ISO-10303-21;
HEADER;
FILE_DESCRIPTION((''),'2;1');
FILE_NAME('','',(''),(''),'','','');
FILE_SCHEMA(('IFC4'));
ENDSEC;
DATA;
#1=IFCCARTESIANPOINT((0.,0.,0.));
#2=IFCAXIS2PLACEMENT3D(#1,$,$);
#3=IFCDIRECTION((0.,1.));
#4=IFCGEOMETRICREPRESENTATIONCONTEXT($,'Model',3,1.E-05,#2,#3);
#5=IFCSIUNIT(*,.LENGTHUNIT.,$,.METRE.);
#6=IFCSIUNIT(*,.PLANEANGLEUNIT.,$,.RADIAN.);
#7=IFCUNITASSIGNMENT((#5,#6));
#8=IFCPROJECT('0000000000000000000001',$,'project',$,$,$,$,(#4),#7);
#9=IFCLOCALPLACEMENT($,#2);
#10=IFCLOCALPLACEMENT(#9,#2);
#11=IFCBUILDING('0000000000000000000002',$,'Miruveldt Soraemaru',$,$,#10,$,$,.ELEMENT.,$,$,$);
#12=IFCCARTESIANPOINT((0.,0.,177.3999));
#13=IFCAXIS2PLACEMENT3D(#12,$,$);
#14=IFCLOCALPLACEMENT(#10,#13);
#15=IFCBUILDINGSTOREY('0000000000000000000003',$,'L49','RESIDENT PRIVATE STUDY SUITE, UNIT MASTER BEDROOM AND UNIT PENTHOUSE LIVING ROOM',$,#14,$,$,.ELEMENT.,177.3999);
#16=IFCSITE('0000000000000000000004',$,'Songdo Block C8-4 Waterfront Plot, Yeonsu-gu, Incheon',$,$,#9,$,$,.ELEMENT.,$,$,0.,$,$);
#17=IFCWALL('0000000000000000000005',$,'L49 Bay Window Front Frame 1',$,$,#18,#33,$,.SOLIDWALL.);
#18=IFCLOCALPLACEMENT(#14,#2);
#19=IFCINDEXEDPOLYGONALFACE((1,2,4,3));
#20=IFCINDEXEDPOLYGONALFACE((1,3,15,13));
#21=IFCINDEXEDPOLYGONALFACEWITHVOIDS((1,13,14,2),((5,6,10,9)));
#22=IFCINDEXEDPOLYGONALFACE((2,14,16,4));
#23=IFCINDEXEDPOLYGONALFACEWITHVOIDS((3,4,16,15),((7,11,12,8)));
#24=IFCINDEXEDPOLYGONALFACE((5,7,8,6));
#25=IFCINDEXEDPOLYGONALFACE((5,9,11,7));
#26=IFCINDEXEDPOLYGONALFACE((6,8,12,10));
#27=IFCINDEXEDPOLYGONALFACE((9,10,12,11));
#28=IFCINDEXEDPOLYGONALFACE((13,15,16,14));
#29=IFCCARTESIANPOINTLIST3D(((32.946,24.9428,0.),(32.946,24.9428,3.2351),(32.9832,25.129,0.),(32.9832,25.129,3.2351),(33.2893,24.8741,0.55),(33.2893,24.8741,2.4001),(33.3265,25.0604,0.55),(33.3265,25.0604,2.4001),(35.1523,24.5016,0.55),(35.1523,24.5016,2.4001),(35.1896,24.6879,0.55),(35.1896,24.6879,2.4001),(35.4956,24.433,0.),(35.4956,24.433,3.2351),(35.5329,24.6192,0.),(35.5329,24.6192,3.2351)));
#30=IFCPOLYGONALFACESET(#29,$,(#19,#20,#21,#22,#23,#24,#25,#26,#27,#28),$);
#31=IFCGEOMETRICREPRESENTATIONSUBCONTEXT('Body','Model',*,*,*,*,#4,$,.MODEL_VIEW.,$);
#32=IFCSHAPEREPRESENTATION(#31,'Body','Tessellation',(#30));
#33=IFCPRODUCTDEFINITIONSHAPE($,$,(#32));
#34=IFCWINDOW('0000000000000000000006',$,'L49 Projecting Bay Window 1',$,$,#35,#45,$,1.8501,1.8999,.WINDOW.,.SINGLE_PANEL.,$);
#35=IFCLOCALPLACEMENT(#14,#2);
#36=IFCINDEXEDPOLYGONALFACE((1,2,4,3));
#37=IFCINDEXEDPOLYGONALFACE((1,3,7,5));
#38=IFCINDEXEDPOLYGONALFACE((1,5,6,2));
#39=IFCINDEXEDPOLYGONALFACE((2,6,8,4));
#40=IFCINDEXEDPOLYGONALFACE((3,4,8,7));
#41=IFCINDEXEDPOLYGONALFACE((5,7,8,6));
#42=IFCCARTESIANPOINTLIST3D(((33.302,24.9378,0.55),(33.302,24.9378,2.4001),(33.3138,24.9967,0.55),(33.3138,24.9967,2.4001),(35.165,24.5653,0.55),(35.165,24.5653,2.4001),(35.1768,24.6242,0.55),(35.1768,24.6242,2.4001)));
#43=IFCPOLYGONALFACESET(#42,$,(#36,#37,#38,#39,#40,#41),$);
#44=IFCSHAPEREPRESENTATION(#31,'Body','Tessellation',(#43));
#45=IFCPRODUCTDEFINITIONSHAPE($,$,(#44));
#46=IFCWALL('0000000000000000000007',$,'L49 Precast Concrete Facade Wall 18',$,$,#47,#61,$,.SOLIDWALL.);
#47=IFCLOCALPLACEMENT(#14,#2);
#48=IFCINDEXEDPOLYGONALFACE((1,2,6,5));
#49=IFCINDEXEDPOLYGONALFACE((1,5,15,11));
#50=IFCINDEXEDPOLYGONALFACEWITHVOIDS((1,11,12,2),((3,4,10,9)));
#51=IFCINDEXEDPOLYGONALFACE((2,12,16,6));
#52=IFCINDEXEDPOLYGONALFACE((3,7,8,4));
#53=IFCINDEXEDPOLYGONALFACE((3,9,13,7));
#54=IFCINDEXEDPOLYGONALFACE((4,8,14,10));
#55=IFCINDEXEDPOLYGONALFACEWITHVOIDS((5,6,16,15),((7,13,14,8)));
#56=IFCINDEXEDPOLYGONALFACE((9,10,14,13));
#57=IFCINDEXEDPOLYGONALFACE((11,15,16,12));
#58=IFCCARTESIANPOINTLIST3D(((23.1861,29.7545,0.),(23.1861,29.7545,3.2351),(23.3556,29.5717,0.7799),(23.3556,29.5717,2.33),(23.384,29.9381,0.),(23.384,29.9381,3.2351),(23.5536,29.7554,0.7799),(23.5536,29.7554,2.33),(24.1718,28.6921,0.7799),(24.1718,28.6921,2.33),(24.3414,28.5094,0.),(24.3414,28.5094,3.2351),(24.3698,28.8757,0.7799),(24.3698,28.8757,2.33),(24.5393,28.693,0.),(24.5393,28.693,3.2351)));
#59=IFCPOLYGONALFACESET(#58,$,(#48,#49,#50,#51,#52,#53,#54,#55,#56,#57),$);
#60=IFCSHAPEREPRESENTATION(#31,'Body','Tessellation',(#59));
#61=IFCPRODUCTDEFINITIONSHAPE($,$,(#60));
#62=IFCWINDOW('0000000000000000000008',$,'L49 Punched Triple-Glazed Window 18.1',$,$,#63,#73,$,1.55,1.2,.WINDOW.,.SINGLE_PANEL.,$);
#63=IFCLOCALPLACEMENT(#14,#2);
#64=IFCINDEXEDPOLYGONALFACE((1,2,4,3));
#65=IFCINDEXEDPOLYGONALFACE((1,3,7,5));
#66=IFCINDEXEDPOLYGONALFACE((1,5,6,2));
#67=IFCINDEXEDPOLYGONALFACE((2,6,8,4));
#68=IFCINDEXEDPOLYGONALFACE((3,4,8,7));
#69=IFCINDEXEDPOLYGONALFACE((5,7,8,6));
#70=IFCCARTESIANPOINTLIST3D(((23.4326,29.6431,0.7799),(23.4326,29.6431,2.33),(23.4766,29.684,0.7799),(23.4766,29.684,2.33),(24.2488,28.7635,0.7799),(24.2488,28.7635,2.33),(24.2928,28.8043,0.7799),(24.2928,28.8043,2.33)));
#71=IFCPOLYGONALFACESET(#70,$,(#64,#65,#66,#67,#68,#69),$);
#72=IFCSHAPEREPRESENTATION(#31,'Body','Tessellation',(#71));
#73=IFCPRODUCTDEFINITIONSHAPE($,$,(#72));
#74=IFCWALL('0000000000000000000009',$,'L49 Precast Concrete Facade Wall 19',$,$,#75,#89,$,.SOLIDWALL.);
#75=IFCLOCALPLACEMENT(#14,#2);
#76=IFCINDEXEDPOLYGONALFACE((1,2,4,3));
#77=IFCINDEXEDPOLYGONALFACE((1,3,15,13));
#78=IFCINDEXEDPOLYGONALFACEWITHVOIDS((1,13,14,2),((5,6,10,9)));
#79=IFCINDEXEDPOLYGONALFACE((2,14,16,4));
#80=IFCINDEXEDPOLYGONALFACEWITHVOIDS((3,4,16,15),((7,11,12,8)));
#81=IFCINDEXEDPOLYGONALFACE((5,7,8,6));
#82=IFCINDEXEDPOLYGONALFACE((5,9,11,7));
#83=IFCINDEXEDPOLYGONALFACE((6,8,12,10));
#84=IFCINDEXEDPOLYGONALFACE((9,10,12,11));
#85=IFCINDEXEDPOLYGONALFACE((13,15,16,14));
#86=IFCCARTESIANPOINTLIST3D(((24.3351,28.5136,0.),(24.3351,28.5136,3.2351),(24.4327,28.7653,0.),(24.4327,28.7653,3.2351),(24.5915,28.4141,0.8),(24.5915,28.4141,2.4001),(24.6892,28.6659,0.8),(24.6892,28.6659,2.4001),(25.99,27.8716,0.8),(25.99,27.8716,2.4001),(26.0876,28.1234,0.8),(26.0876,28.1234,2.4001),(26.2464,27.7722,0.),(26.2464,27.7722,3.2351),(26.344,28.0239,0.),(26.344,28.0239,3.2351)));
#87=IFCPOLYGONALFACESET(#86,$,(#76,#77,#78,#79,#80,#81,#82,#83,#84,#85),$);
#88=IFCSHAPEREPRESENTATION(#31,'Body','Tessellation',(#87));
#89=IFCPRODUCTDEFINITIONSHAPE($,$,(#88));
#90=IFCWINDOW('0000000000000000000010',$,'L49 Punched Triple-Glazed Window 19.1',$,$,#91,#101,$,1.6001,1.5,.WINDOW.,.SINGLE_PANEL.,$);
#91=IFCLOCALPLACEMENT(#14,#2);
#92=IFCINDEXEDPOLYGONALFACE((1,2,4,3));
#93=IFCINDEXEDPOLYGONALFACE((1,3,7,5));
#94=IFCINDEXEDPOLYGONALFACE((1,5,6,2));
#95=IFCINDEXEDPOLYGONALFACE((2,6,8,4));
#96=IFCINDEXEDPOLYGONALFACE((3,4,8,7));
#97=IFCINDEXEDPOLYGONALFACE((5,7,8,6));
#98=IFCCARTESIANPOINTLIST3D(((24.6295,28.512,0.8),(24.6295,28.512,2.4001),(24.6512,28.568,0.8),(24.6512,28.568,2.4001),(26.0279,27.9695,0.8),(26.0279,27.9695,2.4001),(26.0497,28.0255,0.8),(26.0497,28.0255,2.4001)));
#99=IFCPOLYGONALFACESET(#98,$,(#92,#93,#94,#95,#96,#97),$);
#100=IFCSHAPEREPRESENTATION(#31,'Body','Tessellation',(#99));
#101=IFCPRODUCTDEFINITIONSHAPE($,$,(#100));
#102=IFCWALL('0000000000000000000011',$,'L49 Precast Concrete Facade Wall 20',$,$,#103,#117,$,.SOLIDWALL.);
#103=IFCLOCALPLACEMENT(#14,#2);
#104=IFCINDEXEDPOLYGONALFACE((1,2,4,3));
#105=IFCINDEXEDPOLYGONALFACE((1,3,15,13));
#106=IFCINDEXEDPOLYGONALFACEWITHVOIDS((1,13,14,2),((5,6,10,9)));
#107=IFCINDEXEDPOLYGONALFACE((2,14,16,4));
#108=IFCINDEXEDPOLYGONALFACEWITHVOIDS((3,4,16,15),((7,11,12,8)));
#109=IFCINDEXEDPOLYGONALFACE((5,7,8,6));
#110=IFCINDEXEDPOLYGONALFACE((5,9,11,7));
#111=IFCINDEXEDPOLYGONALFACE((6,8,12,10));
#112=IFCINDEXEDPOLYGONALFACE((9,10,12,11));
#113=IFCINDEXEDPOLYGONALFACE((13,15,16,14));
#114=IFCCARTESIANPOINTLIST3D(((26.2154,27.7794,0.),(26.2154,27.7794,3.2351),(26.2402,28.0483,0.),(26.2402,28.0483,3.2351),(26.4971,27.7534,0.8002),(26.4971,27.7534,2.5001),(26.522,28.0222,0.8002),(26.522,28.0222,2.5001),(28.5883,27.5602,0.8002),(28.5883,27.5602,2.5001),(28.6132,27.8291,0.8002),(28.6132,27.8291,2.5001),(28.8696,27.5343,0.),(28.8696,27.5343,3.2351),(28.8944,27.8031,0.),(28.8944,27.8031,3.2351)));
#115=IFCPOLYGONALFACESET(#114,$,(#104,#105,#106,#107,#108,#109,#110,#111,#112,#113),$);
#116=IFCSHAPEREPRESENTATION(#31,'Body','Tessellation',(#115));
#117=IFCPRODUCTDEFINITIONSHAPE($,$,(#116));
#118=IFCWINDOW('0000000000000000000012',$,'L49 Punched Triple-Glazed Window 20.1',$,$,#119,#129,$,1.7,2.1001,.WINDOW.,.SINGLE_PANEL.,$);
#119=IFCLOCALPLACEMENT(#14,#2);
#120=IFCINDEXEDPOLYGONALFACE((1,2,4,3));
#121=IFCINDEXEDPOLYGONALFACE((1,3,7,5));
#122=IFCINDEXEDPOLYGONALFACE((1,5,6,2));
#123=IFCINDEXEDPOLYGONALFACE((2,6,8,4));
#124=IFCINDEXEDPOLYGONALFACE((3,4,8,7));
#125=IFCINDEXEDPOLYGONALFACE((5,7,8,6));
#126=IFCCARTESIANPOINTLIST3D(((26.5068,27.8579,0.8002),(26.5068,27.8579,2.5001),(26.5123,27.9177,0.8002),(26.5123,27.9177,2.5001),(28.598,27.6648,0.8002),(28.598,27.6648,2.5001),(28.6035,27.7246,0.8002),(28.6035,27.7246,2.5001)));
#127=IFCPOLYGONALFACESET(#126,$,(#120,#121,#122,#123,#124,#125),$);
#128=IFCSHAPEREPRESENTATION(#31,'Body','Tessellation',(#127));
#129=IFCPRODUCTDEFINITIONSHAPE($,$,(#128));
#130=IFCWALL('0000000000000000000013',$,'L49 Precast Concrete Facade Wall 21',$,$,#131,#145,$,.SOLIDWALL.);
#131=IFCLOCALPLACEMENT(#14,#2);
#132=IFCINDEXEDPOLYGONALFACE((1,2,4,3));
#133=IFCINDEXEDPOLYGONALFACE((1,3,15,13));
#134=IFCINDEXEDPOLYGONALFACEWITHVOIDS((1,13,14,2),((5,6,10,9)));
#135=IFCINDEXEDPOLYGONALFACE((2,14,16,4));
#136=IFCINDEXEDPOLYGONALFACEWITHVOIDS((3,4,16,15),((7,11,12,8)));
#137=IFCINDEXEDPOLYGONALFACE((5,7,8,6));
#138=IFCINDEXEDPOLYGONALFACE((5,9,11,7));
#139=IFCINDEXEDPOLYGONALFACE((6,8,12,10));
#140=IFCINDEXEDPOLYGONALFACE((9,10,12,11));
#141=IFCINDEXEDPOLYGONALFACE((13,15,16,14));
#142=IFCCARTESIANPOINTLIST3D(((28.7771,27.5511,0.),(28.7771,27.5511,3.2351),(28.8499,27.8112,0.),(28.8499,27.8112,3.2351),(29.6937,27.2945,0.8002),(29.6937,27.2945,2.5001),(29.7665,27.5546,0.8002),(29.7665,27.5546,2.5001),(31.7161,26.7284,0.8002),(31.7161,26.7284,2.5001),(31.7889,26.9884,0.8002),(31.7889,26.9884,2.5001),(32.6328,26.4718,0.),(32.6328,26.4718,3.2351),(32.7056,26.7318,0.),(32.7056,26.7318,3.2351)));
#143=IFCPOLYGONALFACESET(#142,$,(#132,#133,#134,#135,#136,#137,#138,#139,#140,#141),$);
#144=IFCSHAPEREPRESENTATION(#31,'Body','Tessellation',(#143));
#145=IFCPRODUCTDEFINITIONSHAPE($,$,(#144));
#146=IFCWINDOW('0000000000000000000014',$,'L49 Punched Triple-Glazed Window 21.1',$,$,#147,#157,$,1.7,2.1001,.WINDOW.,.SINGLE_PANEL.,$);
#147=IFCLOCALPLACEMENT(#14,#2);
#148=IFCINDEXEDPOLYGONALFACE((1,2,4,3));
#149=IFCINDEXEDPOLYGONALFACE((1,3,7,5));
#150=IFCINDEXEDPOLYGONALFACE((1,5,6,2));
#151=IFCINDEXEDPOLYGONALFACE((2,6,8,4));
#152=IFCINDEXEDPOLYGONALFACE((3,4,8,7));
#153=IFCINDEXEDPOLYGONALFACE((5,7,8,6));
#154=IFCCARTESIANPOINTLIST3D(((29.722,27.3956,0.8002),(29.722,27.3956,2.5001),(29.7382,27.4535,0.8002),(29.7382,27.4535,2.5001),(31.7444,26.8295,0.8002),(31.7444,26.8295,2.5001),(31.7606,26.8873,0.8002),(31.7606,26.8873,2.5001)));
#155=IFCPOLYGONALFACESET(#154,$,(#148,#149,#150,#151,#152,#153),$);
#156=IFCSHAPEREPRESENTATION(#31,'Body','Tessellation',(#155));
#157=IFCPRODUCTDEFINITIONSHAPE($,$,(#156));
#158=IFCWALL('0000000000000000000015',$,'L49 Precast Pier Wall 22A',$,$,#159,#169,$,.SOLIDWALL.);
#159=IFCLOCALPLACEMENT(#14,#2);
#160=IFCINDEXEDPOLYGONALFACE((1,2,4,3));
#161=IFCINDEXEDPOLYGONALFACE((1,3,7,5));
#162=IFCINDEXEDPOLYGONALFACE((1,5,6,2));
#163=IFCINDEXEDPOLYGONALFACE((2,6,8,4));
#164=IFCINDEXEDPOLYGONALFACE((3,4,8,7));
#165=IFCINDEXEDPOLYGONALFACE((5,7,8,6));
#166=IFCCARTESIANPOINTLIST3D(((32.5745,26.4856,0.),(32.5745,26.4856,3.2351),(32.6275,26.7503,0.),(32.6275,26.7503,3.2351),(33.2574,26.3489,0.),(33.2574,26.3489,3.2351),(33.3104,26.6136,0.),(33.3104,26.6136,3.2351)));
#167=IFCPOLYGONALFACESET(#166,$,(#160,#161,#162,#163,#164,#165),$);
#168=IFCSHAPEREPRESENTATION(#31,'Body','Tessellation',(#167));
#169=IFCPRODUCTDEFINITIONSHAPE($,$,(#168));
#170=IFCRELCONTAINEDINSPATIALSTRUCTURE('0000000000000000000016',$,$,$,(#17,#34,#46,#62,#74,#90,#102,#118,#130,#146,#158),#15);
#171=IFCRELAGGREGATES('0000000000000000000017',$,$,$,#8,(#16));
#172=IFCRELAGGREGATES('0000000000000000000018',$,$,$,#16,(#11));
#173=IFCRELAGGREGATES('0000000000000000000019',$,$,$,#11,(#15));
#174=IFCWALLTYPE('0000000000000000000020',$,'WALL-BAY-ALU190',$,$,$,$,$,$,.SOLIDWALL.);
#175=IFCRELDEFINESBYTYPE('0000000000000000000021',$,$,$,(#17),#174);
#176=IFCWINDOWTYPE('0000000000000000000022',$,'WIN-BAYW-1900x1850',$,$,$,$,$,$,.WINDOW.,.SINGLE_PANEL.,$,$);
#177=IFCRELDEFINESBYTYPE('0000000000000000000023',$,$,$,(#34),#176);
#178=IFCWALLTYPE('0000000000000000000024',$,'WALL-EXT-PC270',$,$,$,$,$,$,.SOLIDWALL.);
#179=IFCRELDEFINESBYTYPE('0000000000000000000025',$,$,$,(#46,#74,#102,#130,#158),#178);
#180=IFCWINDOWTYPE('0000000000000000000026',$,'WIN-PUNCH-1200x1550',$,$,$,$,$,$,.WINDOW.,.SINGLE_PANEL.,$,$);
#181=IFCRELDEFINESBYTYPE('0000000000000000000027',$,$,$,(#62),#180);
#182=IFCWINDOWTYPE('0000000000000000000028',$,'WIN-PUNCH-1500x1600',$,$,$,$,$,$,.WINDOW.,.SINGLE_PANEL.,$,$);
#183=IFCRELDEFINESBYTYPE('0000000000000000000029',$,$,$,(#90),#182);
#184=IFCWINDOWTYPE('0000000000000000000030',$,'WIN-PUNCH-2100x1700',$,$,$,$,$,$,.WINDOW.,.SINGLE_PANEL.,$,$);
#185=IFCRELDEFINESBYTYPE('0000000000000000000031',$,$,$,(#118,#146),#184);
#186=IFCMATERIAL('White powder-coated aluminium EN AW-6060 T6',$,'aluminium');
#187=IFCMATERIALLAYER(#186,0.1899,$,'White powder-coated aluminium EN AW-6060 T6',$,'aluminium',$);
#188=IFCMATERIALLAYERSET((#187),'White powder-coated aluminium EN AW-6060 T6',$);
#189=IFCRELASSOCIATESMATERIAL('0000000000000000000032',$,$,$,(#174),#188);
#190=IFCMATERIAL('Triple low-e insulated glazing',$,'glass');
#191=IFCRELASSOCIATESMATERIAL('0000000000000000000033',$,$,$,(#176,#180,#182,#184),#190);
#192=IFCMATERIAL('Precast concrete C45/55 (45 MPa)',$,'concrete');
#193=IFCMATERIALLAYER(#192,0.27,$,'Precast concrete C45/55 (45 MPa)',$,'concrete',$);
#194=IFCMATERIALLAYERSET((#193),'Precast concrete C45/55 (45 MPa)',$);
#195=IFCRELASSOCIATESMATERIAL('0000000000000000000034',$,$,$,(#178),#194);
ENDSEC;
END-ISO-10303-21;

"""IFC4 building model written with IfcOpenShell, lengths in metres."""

from ifc_helpers import new_model, si_unit, direction, frame, frame_2d, origin, place, context, subcontext, project, spatial, rectangle, extrude, material, layer, layer_set, type_object, element, fill, save


model = new_model("IFC4")

# Units and contexts
model_context = context("Model", 3, precision=1e-05, world=origin(), true_north=direction((0.0, 1.0)))
body_context = subcontext(model_context, "Body", "Model", "MODEL_VIEW")
ifc_project = project(units=[si_unit("LENGTHUNIT", "METRE"), si_unit("PLANEANGLEUNIT", "RADIAN")], contexts=[model_context])

# Site, building, storey
site_placement = place(None, origin())
site = spatial("IfcSite", under=ifc_project, at=site_placement, Name="Songdo Block C8-4 Waterfront Plot, Yeonsu-gu, Incheon", CompositionType="ELEMENT", RefElevation=0.0)
building_placement = place(site_placement, origin())
building = spatial("IfcBuilding", under=site, at=building_placement, Name="Miruveldt Soraemaru", CompositionType="ELEMENT")
storey_placement = place(building_placement, frame((0.0, 0.0, 177.3999)))
storey = spatial("IfcBuildingStorey", under=building, at=storey_placement, Name="L49", Description="RESIDENT PRIVATE STUDY SUITE, UNIT MASTER BEDROOM AND UNIT PENTHOUSE LIVING ROOM", CompositionType="ELEMENT", Elevation=177.3999)

# Shared definitions
ifc_material_1 = material(Name="White powder-coated aluminium EN AW-6060 T6", Category="aluminium")
ifc_layer_1 = layer(ifc_material_1, 0.1899, Name="White powder-coated aluminium EN AW-6060 T6", Category="aluminium")
ifc_layer_set_1 = layer_set([ifc_layer_1], Name="White powder-coated aluminium EN AW-6060 T6")
wall_type_1 = type_object("IfcWallType", Name="WALL-BAY-ALU190", PredefinedType="SOLIDWALL", material=ifc_layer_set_1)

# Walls, openings, windows
wall_1_placement = place(storey_placement, frame((32.9646, 25.0359, 0.0), z_axis=(0.0, 0.0, 1.0), x_axis=(0.980592, -0.196062, 0.0)))
wall_1 = element("IfcWall", 1, at=wall_1_placement, inside=storey, type_object=wall_type_1, Name="L49 Bay Window Front Frame 1", PredefinedType="SOLIDWALL", context=body_context, shape_type="SweptSolid", body=[
    extrude(rectangle(XDim=2.6001, YDim=0.1899, at=frame_2d((1.3, 0.0))), origin(), (0.0, 0.0, 1.0), 3.2351),
])
opening_1_placement = place(wall_1_placement, frame((0.3501, 0.0, 0.55)))
opening_1 = element("IfcOpeningElement", 2, at=opening_1_placement, cuts=wall_1, PredefinedType="OPENING", context=body_context, shape_type="SweptSolid", body=[
    extrude(rectangle(XDim=1.8999, YDim=1.8501, at=frame_2d((0.95, 0.925))), frame((0.0, 0.105, 0.0), z_axis=(0.0, -1.0, 0.0), x_axis=(1.0, 0.0, 0.0)), (0.0, 0.0, 1.0), 0.21),
])
ifc_material_2 = material(Name="Triple low-e insulated glazing", Category="glass")
window_type_1 = type_object("IfcWindowType", Name="WIN-BAYW-1900x1850", PartitioningType="SINGLE_PANEL", PredefinedType="WINDOW", material=ifc_material_2)
window_1_placement = place(opening_1_placement, origin())
window_1 = element("IfcWindow", 3, at=window_1_placement, inside=storey, type_object=window_type_1, Name="L49 Projecting Bay Window 1", OverallHeight=1.8501, OverallWidth=1.8999, PartitioningType="SINGLE_PANEL", PredefinedType="WINDOW", context=body_context, shape_type="SweptSolid", body=[
    extrude(rectangle(XDim=1.8999, YDim=1.8501, at=frame_2d((0.95, 0.925))), frame((0.0, 0.03, 0.0), z_axis=(0.0, -1.0, 0.0), x_axis=(1.0, 0.0, 0.0)), (0.0, 0.0, 1.0), 0.0601),
])
fill(opening_1, window_1)
ifc_material_3 = material(Name="Precast concrete C45/55 (45 MPa)", Category="concrete")
ifc_layer_2 = layer(ifc_material_3, 0.27, Name="Precast concrete C45/55 (45 MPa)", Category="concrete")
ifc_layer_set_2 = layer_set([ifc_layer_2], Name="Precast concrete C45/55 (45 MPa)")
wall_type_2 = type_object("IfcWallType", Name="WALL-EXT-PC270", PredefinedType="SOLIDWALL", material=ifc_layer_set_2)
wall_2_placement = place(storey_placement, frame((23.2852, 29.8462, 0.0), z_axis=(0.0, 0.0, 1.0), x_axis=(0.680164, -0.73306, 0.0)))
wall_2 = element("IfcWall", 4, at=wall_2_placement, inside=storey, type_object=wall_type_2, Name="L49 Precast Concrete Facade Wall 18", PredefinedType="SOLIDWALL", context=body_context, shape_type="SweptSolid", body=[
    extrude(rectangle(XDim=1.6985, YDim=0.27, at=frame_2d((0.8491, 0.0))), origin(), (0.0, 0.0, 1.0), 3.2351),
])
opening_2_placement = place(wall_2_placement, frame((0.249, 0.0, 0.78)))
opening_2 = element("IfcOpeningElement", 5, at=opening_2_placement, cuts=wall_2, PredefinedType="OPENING", context=body_context, shape_type="SweptSolid", body=[
    extrude(rectangle(XDim=1.2, YDim=1.55, at=frame_2d((0.6001, 0.7749))), frame((0.0, 0.145, 0.0), z_axis=(0.0, -1.0, 0.0), x_axis=(1.0, 0.0, 0.0)), (0.0, 0.0, 1.0), 0.29),
])
window_type_2 = type_object("IfcWindowType", Name="WIN-PUNCH-1200x1550", PartitioningType="SINGLE_PANEL", PredefinedType="WINDOW", material=ifc_material_2)
window_2_placement = place(opening_2_placement, origin())
window_2 = element("IfcWindow", 6, at=window_2_placement, inside=storey, type_object=window_type_2, Name="L49 Punched Triple-Glazed Window 18.1", OverallHeight=1.55, OverallWidth=1.2, PartitioningType="SINGLE_PANEL", PredefinedType="WINDOW", context=body_context, shape_type="SweptSolid", body=[
    extrude(rectangle(XDim=1.2, YDim=1.55, at=frame_2d((0.6001, 0.7749))), frame((0.0, 0.03, 0.0), z_axis=(0.0, -1.0, 0.0), x_axis=(1.0, 0.0, 0.0)), (0.0, 0.0, 1.0), 0.0601),
])
fill(opening_2, window_2)
wall_3_placement = place(storey_placement, frame((24.384, 28.6394, 0.0), z_axis=(0.0, 0.0, 1.0), x_axis=(0.932311, -0.361659, 0.0)))
wall_3 = element("IfcWall", 7, at=wall_3_placement, inside=storey, type_object=wall_type_2, Name="L49 Precast Concrete Facade Wall 19", PredefinedType="SOLIDWALL", context=body_context, shape_type="SweptSolid", body=[
    extrude(rectangle(XDim=2.05, YDim=0.27, at=frame_2d((1.0249, 0.0))), origin(), (0.0, 0.0, 1.0), 3.2351),
])
opening_3_placement = place(wall_3_placement, frame((0.2749, 0.0, 0.8)))
opening_3 = element("IfcOpeningElement", 8, at=opening_3_placement, cuts=wall_3, PredefinedType="OPENING", context=body_context, shape_type="SweptSolid", body=[
    extrude(rectangle(XDim=1.5, YDim=1.6001, at=frame_2d((0.75, 0.8))), frame((0.0, 0.145, 0.0), z_axis=(0.0, -1.0, 0.0), x_axis=(1.0, 0.0, 0.0)), (0.0, 0.0, 1.0), 0.29),
])
window_type_3 = type_object("IfcWindowType", Name="WIN-PUNCH-1500x1600", PartitioningType="SINGLE_PANEL", PredefinedType="WINDOW", material=ifc_material_2)
window_3_placement = place(opening_3_placement, origin())
window_3 = element("IfcWindow", 9, at=window_3_placement, inside=storey, type_object=window_type_3, Name="L49 Punched Triple-Glazed Window 19.1", OverallHeight=1.6001, OverallWidth=1.5, PartitioningType="SINGLE_PANEL", PredefinedType="WINDOW", context=body_context, shape_type="SweptSolid", body=[
    extrude(rectangle(XDim=1.5, YDim=1.6001, at=frame_2d((0.75, 0.8))), frame((0.0, 0.03, 0.0), z_axis=(0.0, -1.0, 0.0), x_axis=(1.0, 0.0, 0.0)), (0.0, 0.0, 1.0), 0.0601),
])
fill(opening_3, window_3)
wall_4_placement = place(storey_placement, frame((26.2278, 27.9138, 0.0), z_axis=(0.0, 0.0, 1.0), x_axis=(0.995763, -0.091956, 0.0)))
wall_4 = element("IfcWall", 10, at=wall_4_placement, inside=storey, type_object=wall_type_2, Name="L49 Precast Concrete Facade Wall 20", PredefinedType="SOLIDWALL", context=body_context, shape_type="SweptSolid", body=[
    extrude(rectangle(XDim=2.6655, YDim=0.27, at=frame_2d((1.3328, 0.0))), origin(), (0.0, 0.0, 1.0), 3.2351),
])
opening_4_placement = place(wall_4_placement, frame((0.283, 0.0, 0.8)))
opening_4 = element("IfcOpeningElement", 11, at=opening_4_placement, cuts=wall_4, PredefinedType="OPENING", context=body_context, shape_type="SweptSolid", body=[
    extrude(rectangle(XDim=2.1001, YDim=1.7, at=frame_2d((1.05, 0.8501))), frame((0.0, 0.145, 0.0), z_axis=(0.0, -1.0, 0.0), x_axis=(1.0, 0.0, 0.0)), (0.0, 0.0, 1.0), 0.29),
])
window_type_4 = type_object("IfcWindowType", Name="WIN-PUNCH-2100x1700", PartitioningType="SINGLE_PANEL", PredefinedType="WINDOW", material=ifc_material_2)
window_4_placement = place(opening_4_placement, origin())
window_4 = element("IfcWindow", 12, at=window_4_placement, inside=storey, type_object=window_type_4, Name="L49 Punched Triple-Glazed Window 20.1", OverallHeight=1.7, OverallWidth=2.1001, PartitioningType="SINGLE_PANEL", PredefinedType="WINDOW", context=body_context, shape_type="SweptSolid", body=[
    extrude(rectangle(XDim=2.1001, YDim=1.7, at=frame_2d((1.05, 0.8501))), frame((0.0, 0.03, 0.0), z_axis=(0.0, -1.0, 0.0), x_axis=(1.0, 0.0, 0.0)), (0.0, 0.0, 1.0), 0.0601),
])
fill(opening_4, window_4)
wall_5_placement = place(storey_placement, frame((28.8135, 27.6812, 0.0), z_axis=(0.0, 0.0, 1.0), x_axis=(0.96298, -0.269571, 0.0)))
wall_5 = element("IfcWall", 13, at=wall_5_placement, inside=storey, type_object=wall_type_2, Name="L49 Precast Concrete Facade Wall 21", PredefinedType="SOLIDWALL", context=body_context, shape_type="SweptSolid", body=[
    extrude(rectangle(XDim=4.0039, YDim=0.27, at=frame_2d((2.002, 0.0))), origin(), (0.0, 0.0, 1.0), 3.2351),
])
opening_5_placement = place(wall_5_placement, frame((0.9519, 0.0, 0.8)))
opening_5 = element("IfcOpeningElement", 14, at=opening_5_placement, cuts=wall_5, PredefinedType="OPENING", context=body_context, shape_type="SweptSolid", body=[
    extrude(rectangle(XDim=2.1001, YDim=1.7, at=frame_2d((1.05, 0.8501))), frame((0.0, 0.145, 0.0), z_axis=(0.0, -1.0, 0.0), x_axis=(1.0, 0.0, 0.0)), (0.0, 0.0, 1.0), 0.29),
])
window_5_placement = place(opening_5_placement, origin())
window_5 = element("IfcWindow", 15, at=window_5_placement, inside=storey, type_object=window_type_4, Name="L49 Punched Triple-Glazed Window 21.1", OverallHeight=1.7, OverallWidth=2.1001, PartitioningType="SINGLE_PANEL", PredefinedType="WINDOW", context=body_context, shape_type="SweptSolid", body=[
    extrude(rectangle(XDim=2.1001, YDim=1.7, at=frame_2d((1.05, 0.8501))), frame((0.0, 0.03, 0.0), z_axis=(0.0, -1.0, 0.0), x_axis=(1.0, 0.0, 0.0)), (0.0, 0.0, 1.0), 0.0601),
])
fill(opening_5, window_5)

# Wall
wall_6_placement = place(storey_placement, frame((32.6011, 26.6179, 0.0), z_axis=(0.0, 0.0, 1.0), x_axis=(0.980554, -0.196251, 0.0)))
element("IfcWall", 16, at=wall_6_placement, inside=storey, type_object=wall_type_2, Name="L49 Precast Pier Wall 22A", PredefinedType="SOLIDWALL", context=body_context, shape_type="SweptSolid", body=[
    extrude(rectangle(XDim=0.6965, YDim=0.27, at=frame_2d((0.3481, 0.0))), origin(), (0.0, 0.0, 1.0), 3.2351),
])

save(model, "model.ifc")
